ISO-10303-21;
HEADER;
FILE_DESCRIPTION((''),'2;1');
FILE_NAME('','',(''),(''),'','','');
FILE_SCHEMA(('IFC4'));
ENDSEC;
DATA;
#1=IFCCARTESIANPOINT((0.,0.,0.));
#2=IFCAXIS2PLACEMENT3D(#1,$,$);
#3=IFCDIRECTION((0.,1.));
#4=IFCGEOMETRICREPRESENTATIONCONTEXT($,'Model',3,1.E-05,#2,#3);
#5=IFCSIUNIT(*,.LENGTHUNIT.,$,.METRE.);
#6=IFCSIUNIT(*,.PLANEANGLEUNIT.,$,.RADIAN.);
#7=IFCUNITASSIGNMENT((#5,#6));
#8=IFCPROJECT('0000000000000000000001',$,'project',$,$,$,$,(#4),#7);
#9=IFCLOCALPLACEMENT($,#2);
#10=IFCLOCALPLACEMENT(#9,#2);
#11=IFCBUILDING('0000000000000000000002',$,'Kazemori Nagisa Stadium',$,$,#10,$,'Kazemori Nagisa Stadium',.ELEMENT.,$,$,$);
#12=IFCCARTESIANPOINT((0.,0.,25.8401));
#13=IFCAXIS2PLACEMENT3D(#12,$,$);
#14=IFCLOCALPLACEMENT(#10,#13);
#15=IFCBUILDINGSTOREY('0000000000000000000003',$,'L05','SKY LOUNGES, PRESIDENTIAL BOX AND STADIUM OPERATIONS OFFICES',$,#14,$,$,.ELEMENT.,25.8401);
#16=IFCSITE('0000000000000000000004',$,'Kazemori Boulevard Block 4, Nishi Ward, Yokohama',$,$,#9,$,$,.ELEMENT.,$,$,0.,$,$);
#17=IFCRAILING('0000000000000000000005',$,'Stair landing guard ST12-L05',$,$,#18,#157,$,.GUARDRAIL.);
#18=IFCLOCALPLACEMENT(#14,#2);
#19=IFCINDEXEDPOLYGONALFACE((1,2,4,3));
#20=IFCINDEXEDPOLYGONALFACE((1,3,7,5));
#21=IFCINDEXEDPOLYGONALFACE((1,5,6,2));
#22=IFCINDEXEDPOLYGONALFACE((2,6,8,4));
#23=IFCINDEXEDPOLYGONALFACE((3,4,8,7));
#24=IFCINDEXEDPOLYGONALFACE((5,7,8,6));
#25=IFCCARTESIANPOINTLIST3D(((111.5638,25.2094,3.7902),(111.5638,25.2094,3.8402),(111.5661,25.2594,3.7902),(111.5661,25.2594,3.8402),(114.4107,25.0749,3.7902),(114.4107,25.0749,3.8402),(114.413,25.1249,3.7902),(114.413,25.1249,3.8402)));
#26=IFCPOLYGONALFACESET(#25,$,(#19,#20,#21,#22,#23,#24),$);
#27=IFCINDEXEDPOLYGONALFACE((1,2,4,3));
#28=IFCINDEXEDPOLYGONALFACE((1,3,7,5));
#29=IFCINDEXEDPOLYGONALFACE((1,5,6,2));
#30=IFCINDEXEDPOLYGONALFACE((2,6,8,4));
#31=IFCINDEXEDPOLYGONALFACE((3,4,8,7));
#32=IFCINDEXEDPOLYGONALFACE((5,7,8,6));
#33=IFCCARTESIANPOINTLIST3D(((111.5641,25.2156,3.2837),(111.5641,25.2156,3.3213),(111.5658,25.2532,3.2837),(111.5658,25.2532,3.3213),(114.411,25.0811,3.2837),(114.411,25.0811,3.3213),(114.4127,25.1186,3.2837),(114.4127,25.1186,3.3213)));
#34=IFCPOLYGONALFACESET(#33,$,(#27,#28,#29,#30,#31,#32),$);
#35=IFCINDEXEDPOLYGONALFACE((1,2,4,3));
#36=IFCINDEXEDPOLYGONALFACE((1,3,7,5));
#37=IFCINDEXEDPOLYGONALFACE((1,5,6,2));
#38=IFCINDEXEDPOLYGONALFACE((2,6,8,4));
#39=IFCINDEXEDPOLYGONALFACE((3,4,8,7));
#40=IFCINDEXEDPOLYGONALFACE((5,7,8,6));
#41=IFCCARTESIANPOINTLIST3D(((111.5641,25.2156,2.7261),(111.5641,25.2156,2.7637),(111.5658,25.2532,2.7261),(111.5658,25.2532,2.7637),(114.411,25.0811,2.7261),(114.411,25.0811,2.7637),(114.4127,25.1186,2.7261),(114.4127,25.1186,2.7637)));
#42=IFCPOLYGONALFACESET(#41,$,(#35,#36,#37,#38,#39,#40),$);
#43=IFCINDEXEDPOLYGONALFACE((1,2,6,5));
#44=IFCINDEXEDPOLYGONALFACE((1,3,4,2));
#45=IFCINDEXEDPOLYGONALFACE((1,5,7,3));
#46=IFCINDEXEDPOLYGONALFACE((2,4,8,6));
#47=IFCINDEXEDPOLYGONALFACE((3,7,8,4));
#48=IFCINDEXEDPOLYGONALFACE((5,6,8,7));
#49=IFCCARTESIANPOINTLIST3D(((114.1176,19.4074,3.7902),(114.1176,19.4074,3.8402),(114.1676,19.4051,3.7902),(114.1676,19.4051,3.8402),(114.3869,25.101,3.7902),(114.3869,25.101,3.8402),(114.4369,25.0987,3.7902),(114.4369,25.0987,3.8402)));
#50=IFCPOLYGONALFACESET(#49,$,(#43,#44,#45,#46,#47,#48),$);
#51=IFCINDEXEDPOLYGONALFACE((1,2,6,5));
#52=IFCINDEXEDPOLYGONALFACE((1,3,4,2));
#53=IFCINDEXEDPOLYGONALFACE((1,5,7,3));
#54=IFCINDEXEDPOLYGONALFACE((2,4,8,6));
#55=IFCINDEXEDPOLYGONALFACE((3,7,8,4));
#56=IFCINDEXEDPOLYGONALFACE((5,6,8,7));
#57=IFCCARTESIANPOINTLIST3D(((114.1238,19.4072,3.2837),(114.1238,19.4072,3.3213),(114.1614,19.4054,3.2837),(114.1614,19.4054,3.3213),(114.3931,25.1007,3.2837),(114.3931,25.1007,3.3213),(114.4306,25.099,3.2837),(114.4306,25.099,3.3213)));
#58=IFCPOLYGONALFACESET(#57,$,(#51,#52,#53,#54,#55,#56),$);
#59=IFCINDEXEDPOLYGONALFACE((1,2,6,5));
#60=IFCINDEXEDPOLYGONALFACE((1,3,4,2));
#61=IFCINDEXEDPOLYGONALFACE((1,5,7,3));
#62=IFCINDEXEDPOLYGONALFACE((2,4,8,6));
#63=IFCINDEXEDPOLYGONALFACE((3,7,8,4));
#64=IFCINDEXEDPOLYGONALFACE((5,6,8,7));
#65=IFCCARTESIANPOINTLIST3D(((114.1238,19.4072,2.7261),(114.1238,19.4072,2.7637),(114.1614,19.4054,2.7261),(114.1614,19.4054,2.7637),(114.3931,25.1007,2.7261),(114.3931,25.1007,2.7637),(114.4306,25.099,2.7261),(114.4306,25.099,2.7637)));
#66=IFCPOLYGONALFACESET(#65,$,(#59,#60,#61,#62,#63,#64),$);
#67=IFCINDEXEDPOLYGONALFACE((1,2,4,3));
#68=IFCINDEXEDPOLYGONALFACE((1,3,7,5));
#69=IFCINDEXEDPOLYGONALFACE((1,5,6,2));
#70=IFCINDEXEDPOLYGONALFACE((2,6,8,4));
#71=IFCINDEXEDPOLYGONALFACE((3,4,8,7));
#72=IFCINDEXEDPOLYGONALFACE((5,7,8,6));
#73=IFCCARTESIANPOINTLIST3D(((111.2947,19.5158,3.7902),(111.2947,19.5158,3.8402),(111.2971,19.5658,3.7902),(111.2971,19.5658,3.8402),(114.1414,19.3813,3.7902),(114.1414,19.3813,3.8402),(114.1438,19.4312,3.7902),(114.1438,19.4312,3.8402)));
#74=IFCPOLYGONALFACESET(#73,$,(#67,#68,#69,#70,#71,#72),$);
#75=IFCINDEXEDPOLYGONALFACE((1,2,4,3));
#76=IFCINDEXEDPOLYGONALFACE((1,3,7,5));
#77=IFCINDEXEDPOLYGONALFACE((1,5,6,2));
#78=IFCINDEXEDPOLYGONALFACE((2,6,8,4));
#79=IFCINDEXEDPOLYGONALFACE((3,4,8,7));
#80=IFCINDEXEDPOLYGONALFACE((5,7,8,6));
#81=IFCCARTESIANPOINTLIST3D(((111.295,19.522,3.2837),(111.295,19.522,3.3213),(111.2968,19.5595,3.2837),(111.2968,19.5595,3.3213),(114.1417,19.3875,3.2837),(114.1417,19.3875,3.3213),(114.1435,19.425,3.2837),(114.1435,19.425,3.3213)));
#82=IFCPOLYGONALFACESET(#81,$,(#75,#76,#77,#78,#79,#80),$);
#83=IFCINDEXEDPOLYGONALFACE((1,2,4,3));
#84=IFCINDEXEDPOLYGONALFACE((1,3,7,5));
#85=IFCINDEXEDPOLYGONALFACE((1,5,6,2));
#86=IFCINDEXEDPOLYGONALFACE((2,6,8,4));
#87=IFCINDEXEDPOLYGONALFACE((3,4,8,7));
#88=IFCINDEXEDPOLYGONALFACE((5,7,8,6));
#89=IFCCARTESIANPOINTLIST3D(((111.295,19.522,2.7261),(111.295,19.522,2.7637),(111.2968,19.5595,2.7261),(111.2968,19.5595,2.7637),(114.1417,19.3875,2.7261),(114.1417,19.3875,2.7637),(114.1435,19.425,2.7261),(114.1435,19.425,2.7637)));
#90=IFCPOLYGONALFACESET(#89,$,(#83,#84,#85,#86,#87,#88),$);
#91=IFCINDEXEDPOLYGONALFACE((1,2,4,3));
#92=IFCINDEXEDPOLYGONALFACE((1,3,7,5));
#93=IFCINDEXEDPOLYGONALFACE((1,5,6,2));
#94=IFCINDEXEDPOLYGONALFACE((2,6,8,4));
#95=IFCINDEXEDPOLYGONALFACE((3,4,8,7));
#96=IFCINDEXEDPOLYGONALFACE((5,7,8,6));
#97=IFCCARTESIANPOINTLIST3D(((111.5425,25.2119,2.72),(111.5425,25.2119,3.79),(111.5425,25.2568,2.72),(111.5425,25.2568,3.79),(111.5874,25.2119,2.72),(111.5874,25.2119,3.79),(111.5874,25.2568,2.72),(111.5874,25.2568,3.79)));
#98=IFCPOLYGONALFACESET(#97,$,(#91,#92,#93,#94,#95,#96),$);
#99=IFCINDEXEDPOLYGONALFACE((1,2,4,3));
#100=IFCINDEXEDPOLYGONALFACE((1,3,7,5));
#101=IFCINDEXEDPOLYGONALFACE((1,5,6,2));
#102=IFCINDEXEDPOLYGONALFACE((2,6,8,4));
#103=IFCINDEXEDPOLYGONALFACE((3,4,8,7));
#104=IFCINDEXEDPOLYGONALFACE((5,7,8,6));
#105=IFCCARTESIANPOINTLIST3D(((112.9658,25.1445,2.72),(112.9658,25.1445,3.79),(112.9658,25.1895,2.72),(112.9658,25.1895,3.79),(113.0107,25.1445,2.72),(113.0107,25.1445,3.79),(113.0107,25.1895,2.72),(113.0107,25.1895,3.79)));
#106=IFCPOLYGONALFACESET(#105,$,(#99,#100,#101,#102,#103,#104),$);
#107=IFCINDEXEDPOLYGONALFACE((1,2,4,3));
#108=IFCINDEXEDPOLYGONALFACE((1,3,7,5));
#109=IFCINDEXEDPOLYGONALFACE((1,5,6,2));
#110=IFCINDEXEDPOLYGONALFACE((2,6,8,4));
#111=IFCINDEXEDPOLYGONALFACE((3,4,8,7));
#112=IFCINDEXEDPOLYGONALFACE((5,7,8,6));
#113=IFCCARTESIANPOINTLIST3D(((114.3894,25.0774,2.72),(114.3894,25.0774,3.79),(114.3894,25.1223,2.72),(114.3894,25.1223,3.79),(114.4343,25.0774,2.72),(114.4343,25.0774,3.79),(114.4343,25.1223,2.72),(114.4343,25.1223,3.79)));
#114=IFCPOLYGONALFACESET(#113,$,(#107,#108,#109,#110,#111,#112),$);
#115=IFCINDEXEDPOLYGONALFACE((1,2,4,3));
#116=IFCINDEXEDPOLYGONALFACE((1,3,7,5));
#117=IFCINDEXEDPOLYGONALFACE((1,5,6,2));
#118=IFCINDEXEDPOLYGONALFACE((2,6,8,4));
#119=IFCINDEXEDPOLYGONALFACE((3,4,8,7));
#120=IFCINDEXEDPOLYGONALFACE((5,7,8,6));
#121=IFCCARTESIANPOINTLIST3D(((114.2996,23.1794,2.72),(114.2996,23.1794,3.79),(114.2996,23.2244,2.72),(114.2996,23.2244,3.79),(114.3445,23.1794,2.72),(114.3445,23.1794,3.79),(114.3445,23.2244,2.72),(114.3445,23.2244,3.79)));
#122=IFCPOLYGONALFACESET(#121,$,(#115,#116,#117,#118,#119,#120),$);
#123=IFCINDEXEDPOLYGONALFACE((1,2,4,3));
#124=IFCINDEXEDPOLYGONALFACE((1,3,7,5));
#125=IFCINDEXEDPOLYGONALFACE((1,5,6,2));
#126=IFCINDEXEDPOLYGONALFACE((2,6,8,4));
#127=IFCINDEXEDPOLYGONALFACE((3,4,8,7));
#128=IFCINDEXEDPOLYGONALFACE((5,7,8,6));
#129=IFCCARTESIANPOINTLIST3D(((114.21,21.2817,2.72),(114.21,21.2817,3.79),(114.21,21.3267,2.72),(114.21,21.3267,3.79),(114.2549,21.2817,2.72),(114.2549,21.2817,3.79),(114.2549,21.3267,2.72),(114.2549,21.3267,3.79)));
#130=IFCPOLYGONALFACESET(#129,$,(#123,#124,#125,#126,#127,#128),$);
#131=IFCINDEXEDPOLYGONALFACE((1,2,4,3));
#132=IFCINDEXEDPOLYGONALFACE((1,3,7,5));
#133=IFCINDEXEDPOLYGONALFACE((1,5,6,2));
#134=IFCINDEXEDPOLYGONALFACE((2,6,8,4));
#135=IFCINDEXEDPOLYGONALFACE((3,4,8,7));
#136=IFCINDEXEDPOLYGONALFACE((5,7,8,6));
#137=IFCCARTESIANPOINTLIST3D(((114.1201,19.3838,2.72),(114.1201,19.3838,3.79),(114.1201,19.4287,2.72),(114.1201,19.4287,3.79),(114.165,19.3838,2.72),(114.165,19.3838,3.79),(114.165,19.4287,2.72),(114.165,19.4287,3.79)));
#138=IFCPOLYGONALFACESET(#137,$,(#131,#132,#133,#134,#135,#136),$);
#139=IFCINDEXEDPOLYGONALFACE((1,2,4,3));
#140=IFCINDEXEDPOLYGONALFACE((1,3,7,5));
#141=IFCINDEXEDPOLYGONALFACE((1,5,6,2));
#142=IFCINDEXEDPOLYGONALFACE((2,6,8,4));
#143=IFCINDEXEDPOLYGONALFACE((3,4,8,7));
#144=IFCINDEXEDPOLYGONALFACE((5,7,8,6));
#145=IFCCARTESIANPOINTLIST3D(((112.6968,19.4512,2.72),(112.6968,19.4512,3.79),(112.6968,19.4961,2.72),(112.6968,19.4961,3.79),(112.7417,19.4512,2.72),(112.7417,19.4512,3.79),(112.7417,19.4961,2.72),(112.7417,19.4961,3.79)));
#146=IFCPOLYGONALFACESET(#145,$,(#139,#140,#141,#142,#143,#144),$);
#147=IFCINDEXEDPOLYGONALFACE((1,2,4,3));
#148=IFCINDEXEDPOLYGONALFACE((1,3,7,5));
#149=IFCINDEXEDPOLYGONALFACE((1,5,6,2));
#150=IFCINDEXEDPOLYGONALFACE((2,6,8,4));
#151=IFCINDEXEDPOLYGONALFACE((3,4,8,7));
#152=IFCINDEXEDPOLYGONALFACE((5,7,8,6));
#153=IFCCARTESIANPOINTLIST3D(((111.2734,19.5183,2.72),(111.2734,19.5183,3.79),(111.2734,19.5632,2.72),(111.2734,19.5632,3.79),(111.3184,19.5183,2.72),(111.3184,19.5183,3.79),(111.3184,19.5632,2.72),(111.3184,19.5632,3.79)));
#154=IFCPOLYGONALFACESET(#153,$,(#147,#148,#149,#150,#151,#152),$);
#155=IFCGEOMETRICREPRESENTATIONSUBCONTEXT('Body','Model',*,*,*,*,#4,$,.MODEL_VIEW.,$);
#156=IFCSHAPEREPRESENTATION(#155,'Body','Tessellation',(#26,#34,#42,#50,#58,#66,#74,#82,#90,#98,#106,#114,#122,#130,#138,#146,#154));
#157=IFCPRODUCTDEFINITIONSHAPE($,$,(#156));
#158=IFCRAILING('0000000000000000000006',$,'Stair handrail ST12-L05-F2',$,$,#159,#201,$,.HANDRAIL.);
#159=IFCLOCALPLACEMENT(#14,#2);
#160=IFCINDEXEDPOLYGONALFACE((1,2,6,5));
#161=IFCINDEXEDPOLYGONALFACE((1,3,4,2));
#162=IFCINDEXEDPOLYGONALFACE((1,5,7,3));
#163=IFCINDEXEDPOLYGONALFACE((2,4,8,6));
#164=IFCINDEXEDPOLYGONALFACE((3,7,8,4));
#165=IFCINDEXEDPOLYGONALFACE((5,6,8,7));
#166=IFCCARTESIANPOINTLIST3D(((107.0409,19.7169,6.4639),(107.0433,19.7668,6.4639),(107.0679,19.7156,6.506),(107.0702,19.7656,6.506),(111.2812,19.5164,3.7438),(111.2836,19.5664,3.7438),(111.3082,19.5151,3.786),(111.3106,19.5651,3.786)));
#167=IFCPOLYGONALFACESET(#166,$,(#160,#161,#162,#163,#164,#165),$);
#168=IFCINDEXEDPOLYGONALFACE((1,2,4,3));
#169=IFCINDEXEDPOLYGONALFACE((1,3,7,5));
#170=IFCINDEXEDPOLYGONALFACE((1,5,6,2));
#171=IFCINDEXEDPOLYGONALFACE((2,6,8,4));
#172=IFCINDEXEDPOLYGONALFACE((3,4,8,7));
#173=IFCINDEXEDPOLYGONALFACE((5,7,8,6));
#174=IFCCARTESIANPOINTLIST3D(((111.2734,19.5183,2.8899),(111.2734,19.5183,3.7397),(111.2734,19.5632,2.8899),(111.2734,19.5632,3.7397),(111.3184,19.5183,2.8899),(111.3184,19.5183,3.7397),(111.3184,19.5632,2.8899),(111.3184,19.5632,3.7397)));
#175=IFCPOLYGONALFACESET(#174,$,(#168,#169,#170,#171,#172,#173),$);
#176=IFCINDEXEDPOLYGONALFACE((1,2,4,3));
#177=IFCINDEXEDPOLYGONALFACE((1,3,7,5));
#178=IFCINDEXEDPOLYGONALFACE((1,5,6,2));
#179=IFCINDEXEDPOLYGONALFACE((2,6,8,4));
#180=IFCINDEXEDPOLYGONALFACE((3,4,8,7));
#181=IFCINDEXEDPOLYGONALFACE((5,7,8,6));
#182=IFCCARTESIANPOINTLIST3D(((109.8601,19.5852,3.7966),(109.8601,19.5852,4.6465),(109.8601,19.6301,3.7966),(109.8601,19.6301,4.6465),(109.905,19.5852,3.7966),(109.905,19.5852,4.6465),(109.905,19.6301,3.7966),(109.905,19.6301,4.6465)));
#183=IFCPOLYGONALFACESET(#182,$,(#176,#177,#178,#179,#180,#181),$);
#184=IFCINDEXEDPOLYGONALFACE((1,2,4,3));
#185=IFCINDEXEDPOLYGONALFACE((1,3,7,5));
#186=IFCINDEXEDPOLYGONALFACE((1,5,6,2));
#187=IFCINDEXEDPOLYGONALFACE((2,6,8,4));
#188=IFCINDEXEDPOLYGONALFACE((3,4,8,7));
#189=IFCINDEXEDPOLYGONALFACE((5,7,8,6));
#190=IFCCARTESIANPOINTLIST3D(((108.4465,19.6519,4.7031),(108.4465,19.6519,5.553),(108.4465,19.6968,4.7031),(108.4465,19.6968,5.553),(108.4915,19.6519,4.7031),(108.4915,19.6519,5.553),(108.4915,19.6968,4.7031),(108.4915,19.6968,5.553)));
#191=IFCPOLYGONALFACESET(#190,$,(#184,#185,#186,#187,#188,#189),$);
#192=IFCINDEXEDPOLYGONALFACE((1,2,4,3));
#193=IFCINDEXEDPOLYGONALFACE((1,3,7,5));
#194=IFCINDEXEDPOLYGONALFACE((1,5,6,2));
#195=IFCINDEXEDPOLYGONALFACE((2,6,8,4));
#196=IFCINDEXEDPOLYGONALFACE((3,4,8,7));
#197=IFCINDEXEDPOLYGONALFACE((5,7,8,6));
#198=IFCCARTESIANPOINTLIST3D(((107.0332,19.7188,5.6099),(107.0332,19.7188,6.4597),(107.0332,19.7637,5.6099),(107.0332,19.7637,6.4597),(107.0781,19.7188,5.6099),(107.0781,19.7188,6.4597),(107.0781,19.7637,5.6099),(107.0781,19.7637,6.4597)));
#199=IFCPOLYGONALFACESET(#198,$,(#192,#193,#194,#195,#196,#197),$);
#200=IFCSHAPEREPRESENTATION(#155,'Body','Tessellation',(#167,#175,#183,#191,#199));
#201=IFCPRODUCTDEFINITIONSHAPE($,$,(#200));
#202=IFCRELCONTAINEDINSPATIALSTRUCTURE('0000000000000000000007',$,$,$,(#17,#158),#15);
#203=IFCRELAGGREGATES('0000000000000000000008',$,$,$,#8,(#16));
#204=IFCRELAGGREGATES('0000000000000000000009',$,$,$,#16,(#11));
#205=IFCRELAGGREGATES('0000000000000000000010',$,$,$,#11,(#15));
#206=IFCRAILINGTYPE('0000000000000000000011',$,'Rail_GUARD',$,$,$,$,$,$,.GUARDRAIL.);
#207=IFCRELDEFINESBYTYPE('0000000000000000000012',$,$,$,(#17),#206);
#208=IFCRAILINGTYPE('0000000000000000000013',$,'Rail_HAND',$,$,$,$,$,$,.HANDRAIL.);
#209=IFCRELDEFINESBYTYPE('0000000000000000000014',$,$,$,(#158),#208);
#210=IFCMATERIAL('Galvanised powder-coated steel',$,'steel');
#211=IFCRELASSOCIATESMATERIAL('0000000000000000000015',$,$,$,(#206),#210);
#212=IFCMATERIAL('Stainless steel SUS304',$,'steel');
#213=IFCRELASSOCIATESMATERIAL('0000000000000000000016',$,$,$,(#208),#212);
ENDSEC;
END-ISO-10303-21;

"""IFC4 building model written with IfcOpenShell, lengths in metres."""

from ifc_helpers import new_model, si_unit, direction, frame, origin, origin_2d, place, context, subcontext, project, spatial, rectangle, extrude, material, type_object, element, save


model = new_model("IFC4")

# Units and contexts
model_context = context("Model", 3, precision=1e-05, world=origin(), true_north=direction((0.0, 1.0)))
body_context = subcontext(model_context, "Body", "Model", "MODEL_VIEW")
ifc_project = project(units=[si_unit("LENGTHUNIT", "METRE"), si_unit("PLANEANGLEUNIT", "RADIAN")], contexts=[model_context])

# Site, building, storey
site_placement = place(None, origin())
site = spatial("IfcSite", under=ifc_project, at=site_placement, Name="Kazemori Boulevard Block 4, Nishi Ward, Yokohama", CompositionType="ELEMENT", RefElevation=0.0)
building_placement = place(site_placement, origin())
building = spatial("IfcBuilding", under=site, at=building_placement, Name="Kazemori Nagisa Stadium", LongName="Kazemori Nagisa Stadium", CompositionType="ELEMENT")
storey_placement = place(building_placement, frame((0.0, 0.0, 25.8401)))
storey = spatial("IfcBuildingStorey", under=building, at=storey_placement, Name="L05", Description="SKY LOUNGES, PRESIDENTIAL BOX AND STADIUM OPERATIONS OFFICES", CompositionType="ELEMENT", Elevation=25.8401)

# Shared definitions
ifc_material_1 = material(Name="Stainless steel SUS304", Category="steel")

# Railings
ifc_material_2 = material(Name="Galvanised powder-coated steel", Category="steel")
railing_type_1 = type_object("IfcRailingType", Name="Rail_GUARD", PredefinedType="GUARDRAIL", material=ifc_material_2)
railing_1_placement = place(storey_placement, frame((111.5649, 25.2344, 2.72)))
element("IfcRailing", 1, at=railing_1_placement, inside=storey, type_object=railing_type_1, Name="Stair landing guard ST12-L05", PredefinedType="GUARDRAIL", context=body_context, shape_type="SweptSolid", body=[
    extrude(rectangle(XDim=0.05, YDim=0.05, at=origin_2d()), frame((0.0, 0.0, 1.0952), z_axis=(0.998886, -0.047199, 0.0), x_axis=(0.047199, 0.998886, 0.0)), (0.0, 0.0, 1.0), 2.8501),
    extrude(rectangle(XDim=0.0376, YDim=0.0376, at=origin_2d()), frame((0.0, 0.0, 0.5825), z_axis=(0.998886, -0.047199, 0.0), x_axis=(0.047199, 0.998886, 0.0)), (0.0, 0.0, 1.0), 2.8501),
    extrude(rectangle(XDim=0.0376, YDim=0.0376, at=origin_2d()), frame((0.0, 0.0, 0.0249), z_axis=(0.998886, -0.047199, 0.0), x_axis=(0.047199, 0.998886, 0.0)), (0.0, 0.0, 1.0), 2.8501),
    extrude(rectangle(XDim=0.05, YDim=0.05, at=origin_2d()), frame((2.8469, -0.1345, 1.0952), z_axis=(-0.047244, -0.998883, 0.0), x_axis=(0.998883, -0.047244, 0.0)), (0.0, 0.0, 1.0), 5.7),
    extrude(rectangle(XDim=0.0376, YDim=0.0376, at=origin_2d()), frame((2.8469, -0.1345, 0.5825), z_axis=(-0.047244, -0.998883, 0.0), x_axis=(0.998883, -0.047244, 0.0)), (0.0, 0.0, 1.0), 5.7),
    extrude(rectangle(XDim=0.0376, YDim=0.0376, at=origin_2d()), frame((2.8469, -0.1345, 0.0249), z_axis=(-0.047244, -0.998883, 0.0), x_axis=(0.998883, -0.047244, 0.0)), (0.0, 0.0, 1.0), 5.7),
    extrude(rectangle(XDim=0.05, YDim=0.05, at=origin_2d()), frame((2.5776, -5.8281, 1.0952), z_axis=(-0.998885, 0.047203, 0.0), x_axis=(-0.047203, -0.998885, 0.0)), (0.0, 0.0, 1.0), 2.8499),
    extrude(rectangle(XDim=0.0376, YDim=0.0376, at=origin_2d()), frame((2.5776, -5.8281, 0.5825), z_axis=(-0.998885, 0.047203, 0.0), x_axis=(-0.047203, -0.998885, 0.0)), (0.0, 0.0, 1.0), 2.8499),
    extrude(rectangle(XDim=0.0376, YDim=0.0376, at=origin_2d()), frame((2.5776, -5.8281, 0.0249), z_axis=(-0.998885, 0.047203, 0.0), x_axis=(-0.047203, -0.998885, 0.0)), (0.0, 0.0, 1.0), 2.8499),
    extrude(rectangle(XDim=0.0449, YDim=0.0449, at=origin_2d()), origin(), (0.0, 0.0, 1.0), 1.0701),
    extrude(rectangle(XDim=0.0449, YDim=0.0449, at=origin_2d()), frame((1.4233, -0.0674, 0.0)), (0.0, 0.0, 1.0), 1.0701),
    extrude(rectangle(XDim=0.0449, YDim=0.0449, at=origin_2d()), frame((2.8469, -0.1345, 0.0)), (0.0, 0.0, 1.0), 1.0701),
    extrude(rectangle(XDim=0.0449, YDim=0.0449, at=origin_2d()), frame((2.7571, -2.0325, 0.0)), (0.0, 0.0, 1.0), 1.0701),
    extrude(rectangle(XDim=0.0449, YDim=0.0449, at=origin_2d()), frame((2.6675, -3.9302, 0.0)), (0.0, 0.0, 1.0), 1.0701),
    extrude(rectangle(XDim=0.0449, YDim=0.0449, at=origin_2d()), frame((2.5776, -5.8281, 0.0)), (0.0, 0.0, 1.0), 1.0701),
    extrude(rectangle(XDim=0.0449, YDim=0.0449, at=origin_2d()), frame((1.1543, -5.7607, 0.0)), (0.0, 0.0, 1.0), 1.0701),
    extrude(rectangle(XDim=0.0449, YDim=0.0449, at=origin_2d()), frame((-0.269, -5.6936, 0.0)), (0.0, 0.0, 1.0), 1.0701),
])
railing_type_2 = type_object("IfcRailingType", Name="Rail_HAND", PredefinedType="HANDRAIL", material=ifc_material_1)
railing_2_placement = place(storey_placement, frame((111.2959, 19.5408, 2.8899)))
element("IfcRailing", 2, at=railing_2_placement, inside=storey, type_object=railing_type_2, Name="Stair handrail ST12-L05-F2", PredefinedType="HANDRAIL", context=body_context, shape_type="SweptSolid", body=[
    extrude(rectangle(XDim=0.05, YDim=0.05, at=origin_2d()), frame((0.0, 0.0, 0.875), z_axis=(-0.841045, 0.039757, 0.539503), x_axis=(-0.047218, -0.998885, 0.0)), (0.0, 0.0, 1.0), 5.0417),
    extrude(rectangle(XDim=0.0449, YDim=0.0449, at=origin_2d()), origin(), (0.0, 0.0, 1.0), 0.8499),
    extrude(rectangle(XDim=0.0449, YDim=0.0449, at=origin_2d()), frame((-1.4133, 0.0669, 0.9067)), (0.0, 0.0, 1.0), 0.8499),
    extrude(rectangle(XDim=0.0449, YDim=0.0449, at=origin_2d()), frame((-2.8269, 0.1335, 1.8132)), (0.0, 0.0, 1.0), 0.8499),
    extrude(rectangle(XDim=0.0449, YDim=0.0449, at=origin_2d()), frame((-4.2402, 0.2004, 2.72)), (0.0, 0.0, 1.0), 0.8499),
])

save(model, "model.ifc")
